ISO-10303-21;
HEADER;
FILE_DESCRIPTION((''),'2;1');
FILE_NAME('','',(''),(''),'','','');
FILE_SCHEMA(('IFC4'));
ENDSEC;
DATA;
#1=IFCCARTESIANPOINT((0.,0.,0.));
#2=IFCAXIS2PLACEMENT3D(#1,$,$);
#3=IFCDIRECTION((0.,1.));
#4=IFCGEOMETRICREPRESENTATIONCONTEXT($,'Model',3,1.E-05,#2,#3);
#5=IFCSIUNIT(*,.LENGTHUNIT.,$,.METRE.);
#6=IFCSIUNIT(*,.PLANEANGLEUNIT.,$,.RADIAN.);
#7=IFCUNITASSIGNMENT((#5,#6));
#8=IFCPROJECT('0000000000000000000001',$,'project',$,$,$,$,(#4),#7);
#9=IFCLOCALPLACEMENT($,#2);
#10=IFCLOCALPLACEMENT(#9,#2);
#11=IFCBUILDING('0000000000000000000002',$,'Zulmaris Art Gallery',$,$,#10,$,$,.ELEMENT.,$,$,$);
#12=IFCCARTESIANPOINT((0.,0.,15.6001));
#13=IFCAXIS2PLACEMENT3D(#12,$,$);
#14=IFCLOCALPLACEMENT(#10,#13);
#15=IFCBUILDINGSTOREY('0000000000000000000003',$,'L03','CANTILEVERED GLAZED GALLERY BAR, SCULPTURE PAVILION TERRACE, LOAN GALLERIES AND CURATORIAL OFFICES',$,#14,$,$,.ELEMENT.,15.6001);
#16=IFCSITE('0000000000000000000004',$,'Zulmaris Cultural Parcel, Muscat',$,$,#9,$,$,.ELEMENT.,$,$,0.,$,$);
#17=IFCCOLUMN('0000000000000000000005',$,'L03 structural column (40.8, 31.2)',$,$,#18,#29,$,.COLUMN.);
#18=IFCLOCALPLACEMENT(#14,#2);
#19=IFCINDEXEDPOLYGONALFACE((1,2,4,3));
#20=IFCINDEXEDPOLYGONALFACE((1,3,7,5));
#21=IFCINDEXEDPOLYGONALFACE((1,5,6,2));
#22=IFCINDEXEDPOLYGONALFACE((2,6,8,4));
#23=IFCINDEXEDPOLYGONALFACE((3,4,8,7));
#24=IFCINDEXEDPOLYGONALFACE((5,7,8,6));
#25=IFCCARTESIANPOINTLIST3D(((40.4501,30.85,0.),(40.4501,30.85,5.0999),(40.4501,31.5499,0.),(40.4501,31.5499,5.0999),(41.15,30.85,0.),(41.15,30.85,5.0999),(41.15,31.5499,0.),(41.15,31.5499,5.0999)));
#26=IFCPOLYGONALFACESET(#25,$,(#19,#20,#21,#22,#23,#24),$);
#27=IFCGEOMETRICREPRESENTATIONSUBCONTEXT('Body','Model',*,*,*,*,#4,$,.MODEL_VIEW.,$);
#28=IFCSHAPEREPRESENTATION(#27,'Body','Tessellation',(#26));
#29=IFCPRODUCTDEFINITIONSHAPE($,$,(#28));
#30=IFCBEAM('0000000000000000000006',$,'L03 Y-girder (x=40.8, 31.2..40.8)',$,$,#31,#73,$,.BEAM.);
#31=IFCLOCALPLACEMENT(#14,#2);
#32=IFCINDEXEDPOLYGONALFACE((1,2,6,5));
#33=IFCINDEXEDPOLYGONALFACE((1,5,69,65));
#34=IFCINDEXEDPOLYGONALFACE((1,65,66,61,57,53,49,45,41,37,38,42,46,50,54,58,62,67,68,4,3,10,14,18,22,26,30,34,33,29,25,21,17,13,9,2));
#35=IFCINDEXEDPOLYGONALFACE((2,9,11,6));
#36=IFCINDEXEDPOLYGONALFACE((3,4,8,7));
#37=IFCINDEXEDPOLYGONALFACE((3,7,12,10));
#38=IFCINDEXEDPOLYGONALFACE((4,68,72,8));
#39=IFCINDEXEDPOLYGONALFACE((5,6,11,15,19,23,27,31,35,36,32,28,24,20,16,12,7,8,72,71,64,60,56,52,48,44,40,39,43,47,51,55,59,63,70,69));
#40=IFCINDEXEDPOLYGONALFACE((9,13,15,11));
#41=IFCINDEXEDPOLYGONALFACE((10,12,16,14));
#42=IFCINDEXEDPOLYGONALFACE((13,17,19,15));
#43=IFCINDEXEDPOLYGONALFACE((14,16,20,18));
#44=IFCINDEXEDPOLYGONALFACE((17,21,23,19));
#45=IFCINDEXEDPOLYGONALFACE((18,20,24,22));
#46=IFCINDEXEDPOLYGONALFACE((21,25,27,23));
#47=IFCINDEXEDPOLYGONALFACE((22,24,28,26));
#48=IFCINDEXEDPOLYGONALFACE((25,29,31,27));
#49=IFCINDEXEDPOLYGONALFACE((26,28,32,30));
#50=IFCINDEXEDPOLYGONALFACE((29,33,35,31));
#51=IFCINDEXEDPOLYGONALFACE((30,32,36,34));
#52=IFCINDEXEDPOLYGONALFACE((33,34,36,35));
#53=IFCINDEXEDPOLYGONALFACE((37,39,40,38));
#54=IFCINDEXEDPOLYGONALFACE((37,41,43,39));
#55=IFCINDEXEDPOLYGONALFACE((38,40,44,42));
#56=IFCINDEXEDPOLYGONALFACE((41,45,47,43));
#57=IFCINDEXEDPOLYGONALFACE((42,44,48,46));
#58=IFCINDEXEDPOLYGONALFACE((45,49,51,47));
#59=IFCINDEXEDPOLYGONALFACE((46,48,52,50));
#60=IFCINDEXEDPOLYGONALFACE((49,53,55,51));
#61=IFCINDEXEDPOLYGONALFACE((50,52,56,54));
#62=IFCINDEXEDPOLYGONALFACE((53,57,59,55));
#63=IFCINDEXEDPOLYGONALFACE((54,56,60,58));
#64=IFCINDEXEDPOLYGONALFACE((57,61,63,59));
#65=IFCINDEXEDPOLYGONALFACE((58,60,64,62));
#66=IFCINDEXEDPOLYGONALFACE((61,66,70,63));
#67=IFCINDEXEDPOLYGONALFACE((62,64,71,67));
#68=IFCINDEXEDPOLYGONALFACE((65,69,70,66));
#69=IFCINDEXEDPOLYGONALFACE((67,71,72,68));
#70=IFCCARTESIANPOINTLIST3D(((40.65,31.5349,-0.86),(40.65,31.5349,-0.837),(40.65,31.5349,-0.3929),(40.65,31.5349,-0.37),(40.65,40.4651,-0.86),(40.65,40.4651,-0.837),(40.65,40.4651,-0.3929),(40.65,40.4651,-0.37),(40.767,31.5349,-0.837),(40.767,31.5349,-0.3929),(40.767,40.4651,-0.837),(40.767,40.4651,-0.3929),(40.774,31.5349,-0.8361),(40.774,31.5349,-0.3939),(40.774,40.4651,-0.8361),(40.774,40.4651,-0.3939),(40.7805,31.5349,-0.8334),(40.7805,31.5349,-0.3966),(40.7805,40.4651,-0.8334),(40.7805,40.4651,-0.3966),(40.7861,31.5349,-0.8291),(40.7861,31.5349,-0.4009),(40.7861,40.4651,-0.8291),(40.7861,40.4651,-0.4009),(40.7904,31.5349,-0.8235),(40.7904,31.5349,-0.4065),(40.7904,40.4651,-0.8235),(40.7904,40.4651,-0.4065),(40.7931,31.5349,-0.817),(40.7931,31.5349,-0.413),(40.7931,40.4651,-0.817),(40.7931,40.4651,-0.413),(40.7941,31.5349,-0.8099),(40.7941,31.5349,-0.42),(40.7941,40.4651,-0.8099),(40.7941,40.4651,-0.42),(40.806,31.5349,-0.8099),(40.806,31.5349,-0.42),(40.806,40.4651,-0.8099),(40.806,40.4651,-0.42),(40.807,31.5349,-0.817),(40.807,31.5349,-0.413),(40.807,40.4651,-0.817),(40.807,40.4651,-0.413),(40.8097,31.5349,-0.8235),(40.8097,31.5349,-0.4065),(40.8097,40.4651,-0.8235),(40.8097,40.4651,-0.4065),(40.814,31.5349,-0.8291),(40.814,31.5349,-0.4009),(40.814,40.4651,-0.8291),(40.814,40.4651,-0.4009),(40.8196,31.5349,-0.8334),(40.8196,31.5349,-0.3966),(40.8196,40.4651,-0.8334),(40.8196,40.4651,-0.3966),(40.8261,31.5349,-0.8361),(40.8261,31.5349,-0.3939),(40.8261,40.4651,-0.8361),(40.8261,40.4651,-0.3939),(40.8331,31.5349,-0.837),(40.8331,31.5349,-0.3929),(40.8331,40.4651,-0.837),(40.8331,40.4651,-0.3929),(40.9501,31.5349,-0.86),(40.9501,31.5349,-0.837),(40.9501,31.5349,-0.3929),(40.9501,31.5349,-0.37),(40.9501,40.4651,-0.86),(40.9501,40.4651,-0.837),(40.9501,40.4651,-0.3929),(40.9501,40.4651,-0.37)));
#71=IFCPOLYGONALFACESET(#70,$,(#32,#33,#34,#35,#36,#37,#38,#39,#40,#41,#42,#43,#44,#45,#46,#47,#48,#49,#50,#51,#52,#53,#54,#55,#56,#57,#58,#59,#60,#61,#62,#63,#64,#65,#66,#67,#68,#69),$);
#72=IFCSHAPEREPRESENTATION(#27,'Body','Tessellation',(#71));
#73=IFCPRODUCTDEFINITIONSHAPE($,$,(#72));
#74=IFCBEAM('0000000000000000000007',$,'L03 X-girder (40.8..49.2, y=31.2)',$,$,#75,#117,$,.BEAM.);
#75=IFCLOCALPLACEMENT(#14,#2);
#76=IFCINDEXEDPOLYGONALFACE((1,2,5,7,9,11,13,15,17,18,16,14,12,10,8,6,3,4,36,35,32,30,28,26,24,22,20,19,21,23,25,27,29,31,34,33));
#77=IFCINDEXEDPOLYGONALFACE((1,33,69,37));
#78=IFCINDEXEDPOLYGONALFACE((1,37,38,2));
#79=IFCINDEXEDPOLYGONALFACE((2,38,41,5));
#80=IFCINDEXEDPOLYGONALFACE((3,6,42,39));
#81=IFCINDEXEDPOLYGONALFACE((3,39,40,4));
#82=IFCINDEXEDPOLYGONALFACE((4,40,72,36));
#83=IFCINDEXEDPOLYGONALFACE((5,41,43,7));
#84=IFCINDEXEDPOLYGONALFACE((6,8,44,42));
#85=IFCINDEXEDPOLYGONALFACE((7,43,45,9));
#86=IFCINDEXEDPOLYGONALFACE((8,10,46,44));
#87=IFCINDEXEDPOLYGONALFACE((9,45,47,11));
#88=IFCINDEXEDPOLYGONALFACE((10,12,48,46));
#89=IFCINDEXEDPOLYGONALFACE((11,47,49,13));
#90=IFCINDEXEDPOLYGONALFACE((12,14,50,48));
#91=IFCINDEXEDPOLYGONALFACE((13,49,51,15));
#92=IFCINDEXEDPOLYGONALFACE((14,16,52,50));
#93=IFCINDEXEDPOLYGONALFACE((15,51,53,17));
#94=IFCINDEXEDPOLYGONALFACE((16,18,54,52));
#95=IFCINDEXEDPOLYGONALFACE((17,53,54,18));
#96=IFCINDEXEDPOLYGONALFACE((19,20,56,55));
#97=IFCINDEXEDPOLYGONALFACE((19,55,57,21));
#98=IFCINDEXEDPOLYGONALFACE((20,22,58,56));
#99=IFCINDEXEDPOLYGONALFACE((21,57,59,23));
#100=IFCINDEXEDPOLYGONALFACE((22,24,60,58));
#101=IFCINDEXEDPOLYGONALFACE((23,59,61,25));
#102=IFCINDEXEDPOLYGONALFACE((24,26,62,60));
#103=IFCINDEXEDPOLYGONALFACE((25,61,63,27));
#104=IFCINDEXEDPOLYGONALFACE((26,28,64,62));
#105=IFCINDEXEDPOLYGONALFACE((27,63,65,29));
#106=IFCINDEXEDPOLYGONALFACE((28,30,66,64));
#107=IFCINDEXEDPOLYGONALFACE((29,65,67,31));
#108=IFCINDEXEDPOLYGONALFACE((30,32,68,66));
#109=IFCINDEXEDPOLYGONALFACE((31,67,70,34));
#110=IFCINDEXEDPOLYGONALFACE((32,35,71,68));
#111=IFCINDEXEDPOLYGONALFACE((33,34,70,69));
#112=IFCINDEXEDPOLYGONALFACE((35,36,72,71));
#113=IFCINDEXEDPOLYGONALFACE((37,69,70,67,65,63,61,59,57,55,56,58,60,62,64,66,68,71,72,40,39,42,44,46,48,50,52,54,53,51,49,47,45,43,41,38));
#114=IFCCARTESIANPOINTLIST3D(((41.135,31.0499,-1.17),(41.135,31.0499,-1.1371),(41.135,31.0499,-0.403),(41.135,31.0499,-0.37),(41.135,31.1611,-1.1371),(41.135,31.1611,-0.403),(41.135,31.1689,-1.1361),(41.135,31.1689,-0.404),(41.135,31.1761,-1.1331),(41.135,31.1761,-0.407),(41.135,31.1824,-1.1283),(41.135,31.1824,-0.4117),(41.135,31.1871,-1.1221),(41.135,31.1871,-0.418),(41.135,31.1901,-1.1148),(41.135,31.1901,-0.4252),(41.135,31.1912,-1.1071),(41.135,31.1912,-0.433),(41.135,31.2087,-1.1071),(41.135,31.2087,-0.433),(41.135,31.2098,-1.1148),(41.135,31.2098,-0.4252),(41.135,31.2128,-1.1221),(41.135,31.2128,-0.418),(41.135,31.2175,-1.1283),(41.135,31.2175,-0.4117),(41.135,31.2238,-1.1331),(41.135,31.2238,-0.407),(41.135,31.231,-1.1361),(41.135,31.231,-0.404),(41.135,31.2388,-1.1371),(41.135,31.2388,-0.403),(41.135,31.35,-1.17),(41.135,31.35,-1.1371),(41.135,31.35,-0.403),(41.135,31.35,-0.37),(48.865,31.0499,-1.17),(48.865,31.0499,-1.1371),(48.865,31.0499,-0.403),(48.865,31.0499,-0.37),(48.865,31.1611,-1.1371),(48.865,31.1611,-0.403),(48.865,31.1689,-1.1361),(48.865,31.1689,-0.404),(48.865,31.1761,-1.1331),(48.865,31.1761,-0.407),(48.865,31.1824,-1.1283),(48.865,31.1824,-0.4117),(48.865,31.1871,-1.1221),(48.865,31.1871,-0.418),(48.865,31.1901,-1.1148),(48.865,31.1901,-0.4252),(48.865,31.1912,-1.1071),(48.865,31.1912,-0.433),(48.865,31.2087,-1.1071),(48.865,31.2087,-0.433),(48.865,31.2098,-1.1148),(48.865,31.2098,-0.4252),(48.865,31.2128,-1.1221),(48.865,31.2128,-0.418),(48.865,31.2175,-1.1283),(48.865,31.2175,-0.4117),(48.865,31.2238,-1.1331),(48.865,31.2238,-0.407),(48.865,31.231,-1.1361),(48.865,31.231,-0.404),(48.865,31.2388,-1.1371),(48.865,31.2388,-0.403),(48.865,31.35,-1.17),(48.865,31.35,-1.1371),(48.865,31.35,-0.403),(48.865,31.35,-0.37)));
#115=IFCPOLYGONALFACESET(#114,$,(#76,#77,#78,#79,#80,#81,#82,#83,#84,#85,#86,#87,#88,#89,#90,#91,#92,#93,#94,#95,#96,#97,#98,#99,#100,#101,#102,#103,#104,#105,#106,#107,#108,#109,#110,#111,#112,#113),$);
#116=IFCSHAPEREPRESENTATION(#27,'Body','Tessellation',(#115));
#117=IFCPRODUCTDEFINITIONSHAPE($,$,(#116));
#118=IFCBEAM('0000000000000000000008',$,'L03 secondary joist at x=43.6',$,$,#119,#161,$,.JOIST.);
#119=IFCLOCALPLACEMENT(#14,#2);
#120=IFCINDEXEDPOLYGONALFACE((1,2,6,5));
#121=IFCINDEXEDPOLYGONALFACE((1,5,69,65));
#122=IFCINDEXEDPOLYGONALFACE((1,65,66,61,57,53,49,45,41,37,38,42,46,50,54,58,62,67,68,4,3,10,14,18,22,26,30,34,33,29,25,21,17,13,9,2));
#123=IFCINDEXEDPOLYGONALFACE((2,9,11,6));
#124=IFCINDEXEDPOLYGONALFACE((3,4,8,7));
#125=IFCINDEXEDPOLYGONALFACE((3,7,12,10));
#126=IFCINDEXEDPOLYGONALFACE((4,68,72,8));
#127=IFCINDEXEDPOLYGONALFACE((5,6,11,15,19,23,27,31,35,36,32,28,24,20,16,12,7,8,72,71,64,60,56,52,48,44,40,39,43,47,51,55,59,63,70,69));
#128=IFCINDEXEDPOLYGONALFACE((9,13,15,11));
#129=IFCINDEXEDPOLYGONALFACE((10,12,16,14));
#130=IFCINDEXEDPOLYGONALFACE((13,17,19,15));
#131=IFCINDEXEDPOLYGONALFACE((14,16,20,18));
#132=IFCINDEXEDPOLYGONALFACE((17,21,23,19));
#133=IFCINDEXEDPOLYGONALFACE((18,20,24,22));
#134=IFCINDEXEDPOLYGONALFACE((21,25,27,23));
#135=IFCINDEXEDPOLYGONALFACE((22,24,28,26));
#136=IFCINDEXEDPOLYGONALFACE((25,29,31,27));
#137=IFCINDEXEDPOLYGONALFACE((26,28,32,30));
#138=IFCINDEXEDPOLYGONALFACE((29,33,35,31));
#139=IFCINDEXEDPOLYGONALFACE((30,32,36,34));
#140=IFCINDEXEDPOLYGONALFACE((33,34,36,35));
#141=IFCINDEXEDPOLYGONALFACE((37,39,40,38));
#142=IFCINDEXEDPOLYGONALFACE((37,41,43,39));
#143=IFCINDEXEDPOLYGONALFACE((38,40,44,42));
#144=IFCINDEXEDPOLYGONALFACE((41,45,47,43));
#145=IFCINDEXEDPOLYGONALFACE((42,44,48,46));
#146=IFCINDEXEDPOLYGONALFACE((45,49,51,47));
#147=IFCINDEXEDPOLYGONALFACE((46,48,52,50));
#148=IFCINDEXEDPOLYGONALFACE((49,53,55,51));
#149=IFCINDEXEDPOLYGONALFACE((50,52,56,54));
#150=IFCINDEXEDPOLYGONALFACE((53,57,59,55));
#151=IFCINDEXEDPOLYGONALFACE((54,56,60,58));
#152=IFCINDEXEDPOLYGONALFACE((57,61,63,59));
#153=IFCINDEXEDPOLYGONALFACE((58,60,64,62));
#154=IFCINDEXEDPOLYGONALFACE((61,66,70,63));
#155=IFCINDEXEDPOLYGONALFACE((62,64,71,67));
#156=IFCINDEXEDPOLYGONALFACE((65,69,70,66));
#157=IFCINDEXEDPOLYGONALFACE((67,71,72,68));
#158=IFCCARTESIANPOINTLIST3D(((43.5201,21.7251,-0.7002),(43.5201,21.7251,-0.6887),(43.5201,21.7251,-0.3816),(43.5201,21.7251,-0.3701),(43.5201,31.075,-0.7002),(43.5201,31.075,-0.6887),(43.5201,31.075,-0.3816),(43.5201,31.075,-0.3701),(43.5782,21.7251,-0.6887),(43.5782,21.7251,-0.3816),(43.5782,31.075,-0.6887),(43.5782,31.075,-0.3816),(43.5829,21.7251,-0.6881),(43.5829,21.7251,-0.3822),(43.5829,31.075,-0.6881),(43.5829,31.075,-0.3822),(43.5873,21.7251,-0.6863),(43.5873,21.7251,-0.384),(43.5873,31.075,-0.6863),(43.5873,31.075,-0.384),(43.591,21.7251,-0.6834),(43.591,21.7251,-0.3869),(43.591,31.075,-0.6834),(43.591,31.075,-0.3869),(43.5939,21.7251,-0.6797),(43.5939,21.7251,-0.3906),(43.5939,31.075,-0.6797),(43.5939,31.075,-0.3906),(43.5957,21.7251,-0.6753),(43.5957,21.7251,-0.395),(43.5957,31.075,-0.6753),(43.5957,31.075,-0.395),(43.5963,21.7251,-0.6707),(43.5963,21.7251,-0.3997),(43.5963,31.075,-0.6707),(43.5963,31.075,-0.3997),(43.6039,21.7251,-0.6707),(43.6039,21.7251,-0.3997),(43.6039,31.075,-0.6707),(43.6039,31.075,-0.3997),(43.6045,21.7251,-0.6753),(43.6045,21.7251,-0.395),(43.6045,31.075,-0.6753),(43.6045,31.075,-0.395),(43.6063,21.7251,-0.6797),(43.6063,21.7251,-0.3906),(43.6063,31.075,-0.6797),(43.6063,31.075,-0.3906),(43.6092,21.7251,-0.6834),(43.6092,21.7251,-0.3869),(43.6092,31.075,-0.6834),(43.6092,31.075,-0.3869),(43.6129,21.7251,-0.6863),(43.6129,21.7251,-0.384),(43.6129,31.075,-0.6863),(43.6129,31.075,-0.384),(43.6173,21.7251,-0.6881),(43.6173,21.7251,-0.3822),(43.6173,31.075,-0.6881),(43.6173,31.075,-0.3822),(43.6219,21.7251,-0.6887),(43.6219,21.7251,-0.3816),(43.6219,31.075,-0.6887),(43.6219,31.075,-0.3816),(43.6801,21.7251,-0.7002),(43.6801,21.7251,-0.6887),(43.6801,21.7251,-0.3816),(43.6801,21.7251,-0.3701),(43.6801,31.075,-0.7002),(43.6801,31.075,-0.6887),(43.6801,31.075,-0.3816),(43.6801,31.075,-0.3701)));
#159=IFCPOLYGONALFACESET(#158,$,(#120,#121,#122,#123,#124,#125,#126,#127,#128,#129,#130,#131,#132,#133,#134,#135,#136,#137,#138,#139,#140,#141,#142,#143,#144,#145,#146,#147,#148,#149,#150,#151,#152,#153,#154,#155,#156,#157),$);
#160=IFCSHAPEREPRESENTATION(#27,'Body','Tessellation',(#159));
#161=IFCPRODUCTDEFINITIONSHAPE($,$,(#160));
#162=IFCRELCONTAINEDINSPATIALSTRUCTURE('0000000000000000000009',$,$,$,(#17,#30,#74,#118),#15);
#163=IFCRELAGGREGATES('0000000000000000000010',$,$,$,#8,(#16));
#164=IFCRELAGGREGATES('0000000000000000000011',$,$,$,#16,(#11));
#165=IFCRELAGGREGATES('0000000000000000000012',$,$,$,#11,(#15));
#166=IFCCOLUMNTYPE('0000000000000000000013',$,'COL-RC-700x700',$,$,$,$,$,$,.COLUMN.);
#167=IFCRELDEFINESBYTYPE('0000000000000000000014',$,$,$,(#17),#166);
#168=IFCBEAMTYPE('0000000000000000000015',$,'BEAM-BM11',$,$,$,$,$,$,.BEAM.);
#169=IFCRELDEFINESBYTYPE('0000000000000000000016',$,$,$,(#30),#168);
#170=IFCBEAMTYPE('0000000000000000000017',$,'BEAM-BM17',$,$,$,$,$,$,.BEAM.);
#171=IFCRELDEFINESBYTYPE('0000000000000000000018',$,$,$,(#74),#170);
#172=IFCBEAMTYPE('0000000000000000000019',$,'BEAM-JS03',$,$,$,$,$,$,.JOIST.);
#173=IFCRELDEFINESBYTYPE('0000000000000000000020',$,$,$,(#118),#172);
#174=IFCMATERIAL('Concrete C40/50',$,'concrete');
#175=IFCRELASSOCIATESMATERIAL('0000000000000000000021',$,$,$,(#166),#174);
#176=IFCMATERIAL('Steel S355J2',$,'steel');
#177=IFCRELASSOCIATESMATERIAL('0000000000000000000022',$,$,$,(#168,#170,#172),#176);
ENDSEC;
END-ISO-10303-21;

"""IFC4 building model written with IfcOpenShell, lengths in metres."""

from ifc_helpers import new_model, si_unit, direction, frame, origin, origin_2d, place, context, subcontext, project, spatial, rectangle, i_section, extrude, material, material_profile, profile_set, type_object, element, save


model = new_model("IFC4")

# Units and contexts
model_context = context("Model", 3, precision=1e-05, world=origin(), true_north=direction((0.0, 1.0)))
body_context = subcontext(model_context, "Body", "Model", "MODEL_VIEW")
ifc_project = project(units=[si_unit("LENGTHUNIT", "METRE"), si_unit("PLANEANGLEUNIT", "RADIAN")], contexts=[model_context])

# Site, building, storey
site_placement = place(None, origin())
site = spatial("IfcSite", under=ifc_project, at=site_placement, Name="Zulmaris Cultural Parcel, Muscat", CompositionType="ELEMENT", RefElevation=0.0)
building_placement = place(site_placement, origin())
building = spatial("IfcBuilding", under=site, at=building_placement, Name="Zulmaris Art Gallery", CompositionType="ELEMENT")
storey_placement = place(building_placement, frame((0.0, 0.0, 15.6001)))
storey = spatial("IfcBuildingStorey", under=building, at=storey_placement, Name="L03", Description="CANTILEVERED GLAZED GALLERY BAR, SCULPTURE PAVILION TERRACE, LOAN GALLERIES AND CURATORIAL OFFICES", CompositionType="ELEMENT", Elevation=15.6001)

# Column
ifc_material_1 = material(Name="Concrete C40/50", Category="concrete")
ifc_material_profile_1 = material_profile(ifc_material_1, rectangle(XDim=0.7, YDim=0.7, at=origin_2d()), Name="RC 700x700")
ifc_profile_set_1 = profile_set([ifc_material_profile_1], Name="Concrete C40/50")
column_type = type_object("IfcColumnType", Name="COL-RC-700x700", PredefinedType="COLUMN", material=ifc_profile_set_1)
column_placement = place(storey_placement, frame((40.8, 31.2, 0.0), z_axis=(0.0, 0.0, 1.0), x_axis=(1.0, 0.0, 0.0)))
element("IfcColumn", 1, at=column_placement, inside=storey, type_object=column_type, Name="L03 structural column (40.8, 31.2)", PredefinedType="COLUMN", context=body_context, shape_type="SweptSolid", body=[
    extrude(rectangle(XDim=0.7, YDim=0.7, at=origin_2d()), origin(), (0.0, 0.0, 1.0), 5.0999),
])

# Beams
ifc_material_2 = material(Name="Steel S355J2", Category="steel")
ifc_material_profile_2 = material_profile(ifc_material_2, i_section(OverallWidth=0.3, OverallDepth=0.49, WebThickness=0.012, FlangeThickness=0.0229, FilletRadius=0.0271, at=origin_2d()), Name="HEA 500")
ifc_profile_set_2 = profile_set([ifc_material_profile_2], Name="Steel S355J2")
beam_type_1 = type_object("IfcBeamType", Name="BEAM-BM11", PredefinedType="BEAM", material=ifc_profile_set_2)
beam_1_placement = place(storey_placement, frame((40.8, 31.5349, -0.615), z_axis=(0.0, 1.0, 0.0), x_axis=(-1.0, 0.0, 0.0)))
element("IfcBeam", 2, at=beam_1_placement, inside=storey, type_object=beam_type_1, Name="L03 Y-girder (x=40.8, 31.2..40.8)", PredefinedType="BEAM", context=body_context, shape_type="SweptSolid", body=[
    extrude(i_section(OverallWidth=0.3, OverallDepth=0.49, WebThickness=0.012, FlangeThickness=0.0229, FilletRadius=0.0271, at=origin_2d()), origin(), (0.0, 0.0, 1.0), 8.9302),
])
ifc_material_profile_3 = material_profile(ifc_material_2, i_section(OverallWidth=0.3, OverallDepth=0.8, WebThickness=0.0176, FlangeThickness=0.033, FilletRadius=0.03, at=origin_2d()), Name="HEB 800")
ifc_profile_set_3 = profile_set([ifc_material_profile_3], Name="Steel S355J2")
beam_type_2 = type_object("IfcBeamType", Name="BEAM-BM17", PredefinedType="BEAM", material=ifc_profile_set_3)
beam_2_placement = place(storey_placement, frame((41.135, 31.2, -0.77), z_axis=(1.0, 0.0, 0.0), x_axis=(0.0, 1.0, 0.0)))
element("IfcBeam", 3, at=beam_2_placement, inside=storey, type_object=beam_type_2, Name="L03 X-girder (40.8..49.2, y=31.2)", PredefinedType="BEAM", context=body_context, shape_type="SweptSolid", body=[
    extrude(i_section(OverallWidth=0.3, OverallDepth=0.8, WebThickness=0.0176, FlangeThickness=0.033, FilletRadius=0.03, at=origin_2d()), origin(), (0.0, 0.0, 1.0), 7.73),
])
ifc_material_profile_4 = material_profile(ifc_material_2, i_section(OverallWidth=0.1599, OverallDepth=0.3301, WebThickness=0.0076, FlangeThickness=0.0115, FilletRadius=0.0181, at=origin_2d()), Name="IPE 330")
ifc_profile_set_4 = profile_set([ifc_material_profile_4], Name="Steel S355J2")
beam_type_3 = type_object("IfcBeamType", Name="BEAM-JS03", PredefinedType="JOIST", material=ifc_profile_set_4)
beam_3_placement = place(storey_placement, frame((43.6001, 21.7251, -0.5352), z_axis=(0.0, 1.0, 0.0), x_axis=(-1.0, 0.0, 0.0)))
element("IfcBeam", 4, at=beam_3_placement, inside=storey, type_object=beam_type_3, Name="L03 secondary joist at x=43.6", PredefinedType="JOIST", context=body_context, shape_type="SweptSolid", body=[
    extrude(i_section(OverallWidth=0.1599, OverallDepth=0.3301, WebThickness=0.0076, FlangeThickness=0.0115, FilletRadius=0.0181, at=origin_2d()), origin(), (0.0, 0.0, 1.0), 9.3499),
])

save(model, "model.ifc")
